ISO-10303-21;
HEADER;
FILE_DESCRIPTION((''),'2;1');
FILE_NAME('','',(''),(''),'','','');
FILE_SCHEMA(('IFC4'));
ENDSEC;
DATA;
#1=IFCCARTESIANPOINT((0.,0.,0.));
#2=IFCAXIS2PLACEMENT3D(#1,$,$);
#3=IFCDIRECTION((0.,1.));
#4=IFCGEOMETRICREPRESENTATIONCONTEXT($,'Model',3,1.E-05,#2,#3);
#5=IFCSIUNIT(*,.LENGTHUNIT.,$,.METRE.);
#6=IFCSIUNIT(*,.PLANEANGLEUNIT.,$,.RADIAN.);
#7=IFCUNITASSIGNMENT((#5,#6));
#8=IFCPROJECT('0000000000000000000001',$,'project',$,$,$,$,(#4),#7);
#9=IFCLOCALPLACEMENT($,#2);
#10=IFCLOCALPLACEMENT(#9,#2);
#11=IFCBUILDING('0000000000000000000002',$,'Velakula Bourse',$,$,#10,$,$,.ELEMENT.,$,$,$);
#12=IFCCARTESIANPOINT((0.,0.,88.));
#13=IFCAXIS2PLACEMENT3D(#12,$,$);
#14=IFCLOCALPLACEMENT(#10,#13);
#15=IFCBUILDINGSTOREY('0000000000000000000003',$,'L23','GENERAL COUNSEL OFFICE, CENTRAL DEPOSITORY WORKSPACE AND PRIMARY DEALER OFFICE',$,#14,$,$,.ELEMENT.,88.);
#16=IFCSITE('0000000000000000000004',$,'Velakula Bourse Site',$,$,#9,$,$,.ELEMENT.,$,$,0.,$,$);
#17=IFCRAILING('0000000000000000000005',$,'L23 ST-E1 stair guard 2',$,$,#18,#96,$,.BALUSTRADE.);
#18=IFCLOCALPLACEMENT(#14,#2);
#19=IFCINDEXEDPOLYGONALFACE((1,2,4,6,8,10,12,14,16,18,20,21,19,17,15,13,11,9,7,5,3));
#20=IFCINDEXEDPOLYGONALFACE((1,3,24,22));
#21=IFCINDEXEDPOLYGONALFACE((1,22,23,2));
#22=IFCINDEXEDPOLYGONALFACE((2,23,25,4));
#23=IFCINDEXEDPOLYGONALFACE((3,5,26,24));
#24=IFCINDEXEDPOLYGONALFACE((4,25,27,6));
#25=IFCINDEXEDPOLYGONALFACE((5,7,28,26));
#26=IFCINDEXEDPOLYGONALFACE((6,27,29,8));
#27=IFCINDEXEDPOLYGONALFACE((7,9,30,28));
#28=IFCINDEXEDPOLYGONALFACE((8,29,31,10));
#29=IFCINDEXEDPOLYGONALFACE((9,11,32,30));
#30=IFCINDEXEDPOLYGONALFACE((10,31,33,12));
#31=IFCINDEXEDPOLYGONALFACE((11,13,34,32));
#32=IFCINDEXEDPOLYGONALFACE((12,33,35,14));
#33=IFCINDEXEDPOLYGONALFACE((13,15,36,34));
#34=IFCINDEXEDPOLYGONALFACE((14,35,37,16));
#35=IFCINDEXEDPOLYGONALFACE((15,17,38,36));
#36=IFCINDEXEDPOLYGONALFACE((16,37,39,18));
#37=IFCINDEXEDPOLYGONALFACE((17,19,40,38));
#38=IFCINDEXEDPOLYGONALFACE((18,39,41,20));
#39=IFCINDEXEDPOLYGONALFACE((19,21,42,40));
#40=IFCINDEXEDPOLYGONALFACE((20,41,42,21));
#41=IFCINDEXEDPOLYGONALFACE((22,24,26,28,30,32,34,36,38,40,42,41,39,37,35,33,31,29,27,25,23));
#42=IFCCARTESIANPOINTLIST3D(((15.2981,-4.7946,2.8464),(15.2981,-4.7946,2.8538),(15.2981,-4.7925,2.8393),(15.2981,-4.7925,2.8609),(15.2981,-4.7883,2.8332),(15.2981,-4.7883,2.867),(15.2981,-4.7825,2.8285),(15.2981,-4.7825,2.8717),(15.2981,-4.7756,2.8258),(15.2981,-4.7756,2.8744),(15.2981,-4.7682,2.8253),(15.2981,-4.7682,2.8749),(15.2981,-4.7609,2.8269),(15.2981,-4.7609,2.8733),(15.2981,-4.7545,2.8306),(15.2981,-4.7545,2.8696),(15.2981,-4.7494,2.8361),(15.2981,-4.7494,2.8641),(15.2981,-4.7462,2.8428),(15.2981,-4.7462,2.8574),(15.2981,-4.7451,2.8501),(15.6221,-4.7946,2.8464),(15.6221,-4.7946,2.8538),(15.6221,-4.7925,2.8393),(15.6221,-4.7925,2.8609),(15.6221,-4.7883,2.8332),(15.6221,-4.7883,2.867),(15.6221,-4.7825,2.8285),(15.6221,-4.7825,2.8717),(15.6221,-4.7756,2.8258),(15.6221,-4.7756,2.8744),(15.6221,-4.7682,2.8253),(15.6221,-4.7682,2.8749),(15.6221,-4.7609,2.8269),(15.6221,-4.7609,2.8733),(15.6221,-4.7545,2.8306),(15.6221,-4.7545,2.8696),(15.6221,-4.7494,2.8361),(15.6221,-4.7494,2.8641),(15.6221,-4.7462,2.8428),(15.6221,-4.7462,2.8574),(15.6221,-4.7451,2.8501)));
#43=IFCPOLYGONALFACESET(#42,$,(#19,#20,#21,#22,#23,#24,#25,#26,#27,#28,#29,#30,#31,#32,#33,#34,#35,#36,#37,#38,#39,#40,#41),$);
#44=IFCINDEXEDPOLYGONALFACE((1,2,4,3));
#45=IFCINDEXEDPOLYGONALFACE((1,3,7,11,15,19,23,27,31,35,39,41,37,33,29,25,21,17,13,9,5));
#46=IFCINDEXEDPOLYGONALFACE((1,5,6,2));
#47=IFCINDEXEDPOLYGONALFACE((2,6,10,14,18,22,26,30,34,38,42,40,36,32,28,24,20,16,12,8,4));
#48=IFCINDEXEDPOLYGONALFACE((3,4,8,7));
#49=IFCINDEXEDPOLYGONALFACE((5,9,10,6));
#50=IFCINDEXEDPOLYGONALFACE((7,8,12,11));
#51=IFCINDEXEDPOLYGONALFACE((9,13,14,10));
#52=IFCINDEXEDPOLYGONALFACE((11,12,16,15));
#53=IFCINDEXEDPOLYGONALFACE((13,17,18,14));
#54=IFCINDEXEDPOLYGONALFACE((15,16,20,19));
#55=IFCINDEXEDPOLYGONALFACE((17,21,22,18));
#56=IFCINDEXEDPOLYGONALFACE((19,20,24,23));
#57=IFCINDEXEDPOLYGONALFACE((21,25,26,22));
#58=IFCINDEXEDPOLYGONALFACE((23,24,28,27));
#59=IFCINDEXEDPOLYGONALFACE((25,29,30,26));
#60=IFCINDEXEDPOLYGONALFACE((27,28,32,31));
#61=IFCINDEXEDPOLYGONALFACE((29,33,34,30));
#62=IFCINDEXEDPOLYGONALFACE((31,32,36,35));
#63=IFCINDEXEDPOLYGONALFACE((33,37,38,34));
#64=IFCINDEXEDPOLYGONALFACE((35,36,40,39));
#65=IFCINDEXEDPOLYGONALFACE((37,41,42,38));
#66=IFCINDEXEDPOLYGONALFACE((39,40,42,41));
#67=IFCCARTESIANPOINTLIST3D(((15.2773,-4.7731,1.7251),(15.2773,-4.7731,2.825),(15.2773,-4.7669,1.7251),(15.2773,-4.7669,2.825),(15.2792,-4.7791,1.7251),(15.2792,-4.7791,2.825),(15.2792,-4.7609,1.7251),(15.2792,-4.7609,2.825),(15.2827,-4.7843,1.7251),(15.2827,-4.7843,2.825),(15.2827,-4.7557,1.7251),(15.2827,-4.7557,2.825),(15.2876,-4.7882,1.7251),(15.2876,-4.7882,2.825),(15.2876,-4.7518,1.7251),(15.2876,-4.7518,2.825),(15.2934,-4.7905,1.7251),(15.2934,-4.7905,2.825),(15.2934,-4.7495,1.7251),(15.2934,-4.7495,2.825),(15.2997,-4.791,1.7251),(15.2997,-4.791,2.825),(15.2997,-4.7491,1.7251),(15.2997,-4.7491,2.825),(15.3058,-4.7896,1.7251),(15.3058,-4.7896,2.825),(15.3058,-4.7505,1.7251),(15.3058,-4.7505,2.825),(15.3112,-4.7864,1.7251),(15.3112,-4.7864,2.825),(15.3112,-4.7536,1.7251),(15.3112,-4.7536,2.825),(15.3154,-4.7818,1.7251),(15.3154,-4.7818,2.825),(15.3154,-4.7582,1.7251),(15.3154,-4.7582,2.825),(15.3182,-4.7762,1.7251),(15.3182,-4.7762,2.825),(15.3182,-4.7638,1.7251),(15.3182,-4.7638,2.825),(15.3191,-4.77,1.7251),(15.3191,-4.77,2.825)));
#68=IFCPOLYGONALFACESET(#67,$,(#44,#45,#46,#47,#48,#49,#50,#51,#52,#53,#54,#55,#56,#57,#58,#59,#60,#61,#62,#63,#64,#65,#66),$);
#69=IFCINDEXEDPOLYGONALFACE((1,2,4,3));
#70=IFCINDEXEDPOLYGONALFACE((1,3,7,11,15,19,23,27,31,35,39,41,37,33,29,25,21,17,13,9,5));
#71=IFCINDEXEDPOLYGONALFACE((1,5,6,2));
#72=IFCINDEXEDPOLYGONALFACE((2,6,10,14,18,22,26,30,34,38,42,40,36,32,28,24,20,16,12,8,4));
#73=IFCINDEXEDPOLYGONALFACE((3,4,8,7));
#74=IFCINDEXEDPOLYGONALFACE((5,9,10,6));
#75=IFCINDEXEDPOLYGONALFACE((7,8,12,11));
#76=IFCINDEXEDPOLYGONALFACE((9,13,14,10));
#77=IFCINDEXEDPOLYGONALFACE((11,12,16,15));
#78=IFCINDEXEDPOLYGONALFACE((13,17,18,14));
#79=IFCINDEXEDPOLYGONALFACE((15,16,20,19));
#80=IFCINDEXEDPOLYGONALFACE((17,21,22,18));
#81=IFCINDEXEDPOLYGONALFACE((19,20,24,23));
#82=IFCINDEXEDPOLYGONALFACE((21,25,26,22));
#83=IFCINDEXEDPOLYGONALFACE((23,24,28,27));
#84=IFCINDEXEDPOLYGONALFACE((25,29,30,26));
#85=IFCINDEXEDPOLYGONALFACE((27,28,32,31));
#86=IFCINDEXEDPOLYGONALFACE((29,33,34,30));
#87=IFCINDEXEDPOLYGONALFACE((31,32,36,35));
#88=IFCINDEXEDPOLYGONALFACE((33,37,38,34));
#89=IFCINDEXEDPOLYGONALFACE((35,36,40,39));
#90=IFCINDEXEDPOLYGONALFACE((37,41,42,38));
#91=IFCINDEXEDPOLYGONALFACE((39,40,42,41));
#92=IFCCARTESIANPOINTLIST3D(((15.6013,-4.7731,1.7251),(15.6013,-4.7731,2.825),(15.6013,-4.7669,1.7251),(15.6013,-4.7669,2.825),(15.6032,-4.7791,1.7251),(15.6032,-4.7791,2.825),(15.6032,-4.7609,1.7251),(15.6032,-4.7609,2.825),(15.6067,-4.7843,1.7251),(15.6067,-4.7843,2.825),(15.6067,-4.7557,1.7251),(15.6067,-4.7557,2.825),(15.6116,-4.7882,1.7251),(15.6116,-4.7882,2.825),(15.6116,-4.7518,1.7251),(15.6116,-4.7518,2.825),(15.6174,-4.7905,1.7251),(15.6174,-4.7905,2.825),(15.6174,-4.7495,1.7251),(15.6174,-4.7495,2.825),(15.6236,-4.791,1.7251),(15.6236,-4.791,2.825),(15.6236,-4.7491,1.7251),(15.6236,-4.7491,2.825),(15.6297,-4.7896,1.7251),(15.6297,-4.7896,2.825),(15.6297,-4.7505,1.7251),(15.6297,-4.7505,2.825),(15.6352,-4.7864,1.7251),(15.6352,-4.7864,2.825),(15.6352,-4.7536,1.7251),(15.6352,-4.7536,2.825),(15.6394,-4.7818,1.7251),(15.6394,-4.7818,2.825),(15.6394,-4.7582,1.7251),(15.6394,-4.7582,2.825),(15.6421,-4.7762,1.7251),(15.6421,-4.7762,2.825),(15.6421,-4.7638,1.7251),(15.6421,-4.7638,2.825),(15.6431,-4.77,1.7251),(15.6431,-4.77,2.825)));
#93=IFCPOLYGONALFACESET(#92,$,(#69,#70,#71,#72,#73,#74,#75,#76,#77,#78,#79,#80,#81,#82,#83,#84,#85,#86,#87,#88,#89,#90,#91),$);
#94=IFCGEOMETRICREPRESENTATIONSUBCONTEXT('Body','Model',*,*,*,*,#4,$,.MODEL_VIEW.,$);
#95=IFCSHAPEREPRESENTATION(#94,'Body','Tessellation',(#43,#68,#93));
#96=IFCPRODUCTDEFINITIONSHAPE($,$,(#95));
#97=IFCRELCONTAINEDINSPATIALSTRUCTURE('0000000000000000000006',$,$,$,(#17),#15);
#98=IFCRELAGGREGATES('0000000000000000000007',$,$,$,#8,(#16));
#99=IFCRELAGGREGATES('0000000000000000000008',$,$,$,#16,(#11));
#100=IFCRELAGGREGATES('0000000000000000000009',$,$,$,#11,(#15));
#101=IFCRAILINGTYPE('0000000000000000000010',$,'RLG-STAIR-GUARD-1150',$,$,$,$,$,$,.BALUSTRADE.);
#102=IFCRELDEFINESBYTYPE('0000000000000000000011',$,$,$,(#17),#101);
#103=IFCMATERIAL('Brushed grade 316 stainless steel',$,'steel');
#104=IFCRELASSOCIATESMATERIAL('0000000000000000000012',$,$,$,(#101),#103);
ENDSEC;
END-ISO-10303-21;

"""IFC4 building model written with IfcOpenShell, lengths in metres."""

from ifc_helpers import new_model, si_unit, direction, frame, origin, origin_2d, place, context, subcontext, project, spatial, circle, extrude, material, type_object, element, save


model = new_model("IFC4")

# Units and contexts
model_context = context("Model", 3, precision=1e-05, world=origin(), true_north=direction((0.0, 1.0)))
body_context = subcontext(model_context, "Body", "Model", "MODEL_VIEW")
ifc_project = project(units=[si_unit("LENGTHUNIT", "METRE"), si_unit("PLANEANGLEUNIT", "RADIAN")], contexts=[model_context])

# Site, building, storey
site_placement = place(None, origin())
site = spatial("IfcSite", under=ifc_project, at=site_placement, Name="Velakula Bourse Site", CompositionType="ELEMENT", RefElevation=0.0)
building_placement = place(site_placement, origin())
building = spatial("IfcBuilding", under=site, at=building_placement, Name="Velakula Bourse", CompositionType="ELEMENT")
storey_placement = place(building_placement, frame((0.0, 0.0, 88.0)))
storey = spatial("IfcBuildingStorey", under=building, at=storey_placement, Name="L23", Description="GENERAL COUNSEL OFFICE, CENTRAL DEPOSITORY WORKSPACE AND PRIMARY DEALER OFFICE", CompositionType="ELEMENT", Elevation=88.0)

# Railing
ifc_material_1 = material(Name="Brushed grade 316 stainless steel", Category="steel")
railing_type_1 = type_object("IfcRailingType", Name="RLG-STAIR-GUARD-1150", PredefinedType="BALUSTRADE", material=ifc_material_1)
railing_1_placement = place(storey_placement, frame((15.2981, -4.77, 1.7251)))
element("IfcRailing", 1, at=railing_1_placement, inside=storey, type_object=railing_type_1, Name="L23 ST-E1 stair guard 2", PredefinedType="BALUSTRADE", context=body_context, shape_type="SweptSolid", body=[
    extrude(circle(Radius=0.0249, at=origin_2d()), frame((0.0, 0.0, 1.125), z_axis=(1.0, 0.0, 0.0), x_axis=(0.0, 1.0, 0.0)), (0.0, 0.0, 1.0), 0.324),
    extrude(circle(Radius=0.021, at=origin_2d()), origin(), (0.0, 0.0, 1.0), 1.0999),
    extrude(circle(Radius=0.021, at=origin_2d()), frame((0.324, 0.0, 0.0)), (0.0, 0.0, 1.0), 1.0999),
])

save(model, "model.ifc")
